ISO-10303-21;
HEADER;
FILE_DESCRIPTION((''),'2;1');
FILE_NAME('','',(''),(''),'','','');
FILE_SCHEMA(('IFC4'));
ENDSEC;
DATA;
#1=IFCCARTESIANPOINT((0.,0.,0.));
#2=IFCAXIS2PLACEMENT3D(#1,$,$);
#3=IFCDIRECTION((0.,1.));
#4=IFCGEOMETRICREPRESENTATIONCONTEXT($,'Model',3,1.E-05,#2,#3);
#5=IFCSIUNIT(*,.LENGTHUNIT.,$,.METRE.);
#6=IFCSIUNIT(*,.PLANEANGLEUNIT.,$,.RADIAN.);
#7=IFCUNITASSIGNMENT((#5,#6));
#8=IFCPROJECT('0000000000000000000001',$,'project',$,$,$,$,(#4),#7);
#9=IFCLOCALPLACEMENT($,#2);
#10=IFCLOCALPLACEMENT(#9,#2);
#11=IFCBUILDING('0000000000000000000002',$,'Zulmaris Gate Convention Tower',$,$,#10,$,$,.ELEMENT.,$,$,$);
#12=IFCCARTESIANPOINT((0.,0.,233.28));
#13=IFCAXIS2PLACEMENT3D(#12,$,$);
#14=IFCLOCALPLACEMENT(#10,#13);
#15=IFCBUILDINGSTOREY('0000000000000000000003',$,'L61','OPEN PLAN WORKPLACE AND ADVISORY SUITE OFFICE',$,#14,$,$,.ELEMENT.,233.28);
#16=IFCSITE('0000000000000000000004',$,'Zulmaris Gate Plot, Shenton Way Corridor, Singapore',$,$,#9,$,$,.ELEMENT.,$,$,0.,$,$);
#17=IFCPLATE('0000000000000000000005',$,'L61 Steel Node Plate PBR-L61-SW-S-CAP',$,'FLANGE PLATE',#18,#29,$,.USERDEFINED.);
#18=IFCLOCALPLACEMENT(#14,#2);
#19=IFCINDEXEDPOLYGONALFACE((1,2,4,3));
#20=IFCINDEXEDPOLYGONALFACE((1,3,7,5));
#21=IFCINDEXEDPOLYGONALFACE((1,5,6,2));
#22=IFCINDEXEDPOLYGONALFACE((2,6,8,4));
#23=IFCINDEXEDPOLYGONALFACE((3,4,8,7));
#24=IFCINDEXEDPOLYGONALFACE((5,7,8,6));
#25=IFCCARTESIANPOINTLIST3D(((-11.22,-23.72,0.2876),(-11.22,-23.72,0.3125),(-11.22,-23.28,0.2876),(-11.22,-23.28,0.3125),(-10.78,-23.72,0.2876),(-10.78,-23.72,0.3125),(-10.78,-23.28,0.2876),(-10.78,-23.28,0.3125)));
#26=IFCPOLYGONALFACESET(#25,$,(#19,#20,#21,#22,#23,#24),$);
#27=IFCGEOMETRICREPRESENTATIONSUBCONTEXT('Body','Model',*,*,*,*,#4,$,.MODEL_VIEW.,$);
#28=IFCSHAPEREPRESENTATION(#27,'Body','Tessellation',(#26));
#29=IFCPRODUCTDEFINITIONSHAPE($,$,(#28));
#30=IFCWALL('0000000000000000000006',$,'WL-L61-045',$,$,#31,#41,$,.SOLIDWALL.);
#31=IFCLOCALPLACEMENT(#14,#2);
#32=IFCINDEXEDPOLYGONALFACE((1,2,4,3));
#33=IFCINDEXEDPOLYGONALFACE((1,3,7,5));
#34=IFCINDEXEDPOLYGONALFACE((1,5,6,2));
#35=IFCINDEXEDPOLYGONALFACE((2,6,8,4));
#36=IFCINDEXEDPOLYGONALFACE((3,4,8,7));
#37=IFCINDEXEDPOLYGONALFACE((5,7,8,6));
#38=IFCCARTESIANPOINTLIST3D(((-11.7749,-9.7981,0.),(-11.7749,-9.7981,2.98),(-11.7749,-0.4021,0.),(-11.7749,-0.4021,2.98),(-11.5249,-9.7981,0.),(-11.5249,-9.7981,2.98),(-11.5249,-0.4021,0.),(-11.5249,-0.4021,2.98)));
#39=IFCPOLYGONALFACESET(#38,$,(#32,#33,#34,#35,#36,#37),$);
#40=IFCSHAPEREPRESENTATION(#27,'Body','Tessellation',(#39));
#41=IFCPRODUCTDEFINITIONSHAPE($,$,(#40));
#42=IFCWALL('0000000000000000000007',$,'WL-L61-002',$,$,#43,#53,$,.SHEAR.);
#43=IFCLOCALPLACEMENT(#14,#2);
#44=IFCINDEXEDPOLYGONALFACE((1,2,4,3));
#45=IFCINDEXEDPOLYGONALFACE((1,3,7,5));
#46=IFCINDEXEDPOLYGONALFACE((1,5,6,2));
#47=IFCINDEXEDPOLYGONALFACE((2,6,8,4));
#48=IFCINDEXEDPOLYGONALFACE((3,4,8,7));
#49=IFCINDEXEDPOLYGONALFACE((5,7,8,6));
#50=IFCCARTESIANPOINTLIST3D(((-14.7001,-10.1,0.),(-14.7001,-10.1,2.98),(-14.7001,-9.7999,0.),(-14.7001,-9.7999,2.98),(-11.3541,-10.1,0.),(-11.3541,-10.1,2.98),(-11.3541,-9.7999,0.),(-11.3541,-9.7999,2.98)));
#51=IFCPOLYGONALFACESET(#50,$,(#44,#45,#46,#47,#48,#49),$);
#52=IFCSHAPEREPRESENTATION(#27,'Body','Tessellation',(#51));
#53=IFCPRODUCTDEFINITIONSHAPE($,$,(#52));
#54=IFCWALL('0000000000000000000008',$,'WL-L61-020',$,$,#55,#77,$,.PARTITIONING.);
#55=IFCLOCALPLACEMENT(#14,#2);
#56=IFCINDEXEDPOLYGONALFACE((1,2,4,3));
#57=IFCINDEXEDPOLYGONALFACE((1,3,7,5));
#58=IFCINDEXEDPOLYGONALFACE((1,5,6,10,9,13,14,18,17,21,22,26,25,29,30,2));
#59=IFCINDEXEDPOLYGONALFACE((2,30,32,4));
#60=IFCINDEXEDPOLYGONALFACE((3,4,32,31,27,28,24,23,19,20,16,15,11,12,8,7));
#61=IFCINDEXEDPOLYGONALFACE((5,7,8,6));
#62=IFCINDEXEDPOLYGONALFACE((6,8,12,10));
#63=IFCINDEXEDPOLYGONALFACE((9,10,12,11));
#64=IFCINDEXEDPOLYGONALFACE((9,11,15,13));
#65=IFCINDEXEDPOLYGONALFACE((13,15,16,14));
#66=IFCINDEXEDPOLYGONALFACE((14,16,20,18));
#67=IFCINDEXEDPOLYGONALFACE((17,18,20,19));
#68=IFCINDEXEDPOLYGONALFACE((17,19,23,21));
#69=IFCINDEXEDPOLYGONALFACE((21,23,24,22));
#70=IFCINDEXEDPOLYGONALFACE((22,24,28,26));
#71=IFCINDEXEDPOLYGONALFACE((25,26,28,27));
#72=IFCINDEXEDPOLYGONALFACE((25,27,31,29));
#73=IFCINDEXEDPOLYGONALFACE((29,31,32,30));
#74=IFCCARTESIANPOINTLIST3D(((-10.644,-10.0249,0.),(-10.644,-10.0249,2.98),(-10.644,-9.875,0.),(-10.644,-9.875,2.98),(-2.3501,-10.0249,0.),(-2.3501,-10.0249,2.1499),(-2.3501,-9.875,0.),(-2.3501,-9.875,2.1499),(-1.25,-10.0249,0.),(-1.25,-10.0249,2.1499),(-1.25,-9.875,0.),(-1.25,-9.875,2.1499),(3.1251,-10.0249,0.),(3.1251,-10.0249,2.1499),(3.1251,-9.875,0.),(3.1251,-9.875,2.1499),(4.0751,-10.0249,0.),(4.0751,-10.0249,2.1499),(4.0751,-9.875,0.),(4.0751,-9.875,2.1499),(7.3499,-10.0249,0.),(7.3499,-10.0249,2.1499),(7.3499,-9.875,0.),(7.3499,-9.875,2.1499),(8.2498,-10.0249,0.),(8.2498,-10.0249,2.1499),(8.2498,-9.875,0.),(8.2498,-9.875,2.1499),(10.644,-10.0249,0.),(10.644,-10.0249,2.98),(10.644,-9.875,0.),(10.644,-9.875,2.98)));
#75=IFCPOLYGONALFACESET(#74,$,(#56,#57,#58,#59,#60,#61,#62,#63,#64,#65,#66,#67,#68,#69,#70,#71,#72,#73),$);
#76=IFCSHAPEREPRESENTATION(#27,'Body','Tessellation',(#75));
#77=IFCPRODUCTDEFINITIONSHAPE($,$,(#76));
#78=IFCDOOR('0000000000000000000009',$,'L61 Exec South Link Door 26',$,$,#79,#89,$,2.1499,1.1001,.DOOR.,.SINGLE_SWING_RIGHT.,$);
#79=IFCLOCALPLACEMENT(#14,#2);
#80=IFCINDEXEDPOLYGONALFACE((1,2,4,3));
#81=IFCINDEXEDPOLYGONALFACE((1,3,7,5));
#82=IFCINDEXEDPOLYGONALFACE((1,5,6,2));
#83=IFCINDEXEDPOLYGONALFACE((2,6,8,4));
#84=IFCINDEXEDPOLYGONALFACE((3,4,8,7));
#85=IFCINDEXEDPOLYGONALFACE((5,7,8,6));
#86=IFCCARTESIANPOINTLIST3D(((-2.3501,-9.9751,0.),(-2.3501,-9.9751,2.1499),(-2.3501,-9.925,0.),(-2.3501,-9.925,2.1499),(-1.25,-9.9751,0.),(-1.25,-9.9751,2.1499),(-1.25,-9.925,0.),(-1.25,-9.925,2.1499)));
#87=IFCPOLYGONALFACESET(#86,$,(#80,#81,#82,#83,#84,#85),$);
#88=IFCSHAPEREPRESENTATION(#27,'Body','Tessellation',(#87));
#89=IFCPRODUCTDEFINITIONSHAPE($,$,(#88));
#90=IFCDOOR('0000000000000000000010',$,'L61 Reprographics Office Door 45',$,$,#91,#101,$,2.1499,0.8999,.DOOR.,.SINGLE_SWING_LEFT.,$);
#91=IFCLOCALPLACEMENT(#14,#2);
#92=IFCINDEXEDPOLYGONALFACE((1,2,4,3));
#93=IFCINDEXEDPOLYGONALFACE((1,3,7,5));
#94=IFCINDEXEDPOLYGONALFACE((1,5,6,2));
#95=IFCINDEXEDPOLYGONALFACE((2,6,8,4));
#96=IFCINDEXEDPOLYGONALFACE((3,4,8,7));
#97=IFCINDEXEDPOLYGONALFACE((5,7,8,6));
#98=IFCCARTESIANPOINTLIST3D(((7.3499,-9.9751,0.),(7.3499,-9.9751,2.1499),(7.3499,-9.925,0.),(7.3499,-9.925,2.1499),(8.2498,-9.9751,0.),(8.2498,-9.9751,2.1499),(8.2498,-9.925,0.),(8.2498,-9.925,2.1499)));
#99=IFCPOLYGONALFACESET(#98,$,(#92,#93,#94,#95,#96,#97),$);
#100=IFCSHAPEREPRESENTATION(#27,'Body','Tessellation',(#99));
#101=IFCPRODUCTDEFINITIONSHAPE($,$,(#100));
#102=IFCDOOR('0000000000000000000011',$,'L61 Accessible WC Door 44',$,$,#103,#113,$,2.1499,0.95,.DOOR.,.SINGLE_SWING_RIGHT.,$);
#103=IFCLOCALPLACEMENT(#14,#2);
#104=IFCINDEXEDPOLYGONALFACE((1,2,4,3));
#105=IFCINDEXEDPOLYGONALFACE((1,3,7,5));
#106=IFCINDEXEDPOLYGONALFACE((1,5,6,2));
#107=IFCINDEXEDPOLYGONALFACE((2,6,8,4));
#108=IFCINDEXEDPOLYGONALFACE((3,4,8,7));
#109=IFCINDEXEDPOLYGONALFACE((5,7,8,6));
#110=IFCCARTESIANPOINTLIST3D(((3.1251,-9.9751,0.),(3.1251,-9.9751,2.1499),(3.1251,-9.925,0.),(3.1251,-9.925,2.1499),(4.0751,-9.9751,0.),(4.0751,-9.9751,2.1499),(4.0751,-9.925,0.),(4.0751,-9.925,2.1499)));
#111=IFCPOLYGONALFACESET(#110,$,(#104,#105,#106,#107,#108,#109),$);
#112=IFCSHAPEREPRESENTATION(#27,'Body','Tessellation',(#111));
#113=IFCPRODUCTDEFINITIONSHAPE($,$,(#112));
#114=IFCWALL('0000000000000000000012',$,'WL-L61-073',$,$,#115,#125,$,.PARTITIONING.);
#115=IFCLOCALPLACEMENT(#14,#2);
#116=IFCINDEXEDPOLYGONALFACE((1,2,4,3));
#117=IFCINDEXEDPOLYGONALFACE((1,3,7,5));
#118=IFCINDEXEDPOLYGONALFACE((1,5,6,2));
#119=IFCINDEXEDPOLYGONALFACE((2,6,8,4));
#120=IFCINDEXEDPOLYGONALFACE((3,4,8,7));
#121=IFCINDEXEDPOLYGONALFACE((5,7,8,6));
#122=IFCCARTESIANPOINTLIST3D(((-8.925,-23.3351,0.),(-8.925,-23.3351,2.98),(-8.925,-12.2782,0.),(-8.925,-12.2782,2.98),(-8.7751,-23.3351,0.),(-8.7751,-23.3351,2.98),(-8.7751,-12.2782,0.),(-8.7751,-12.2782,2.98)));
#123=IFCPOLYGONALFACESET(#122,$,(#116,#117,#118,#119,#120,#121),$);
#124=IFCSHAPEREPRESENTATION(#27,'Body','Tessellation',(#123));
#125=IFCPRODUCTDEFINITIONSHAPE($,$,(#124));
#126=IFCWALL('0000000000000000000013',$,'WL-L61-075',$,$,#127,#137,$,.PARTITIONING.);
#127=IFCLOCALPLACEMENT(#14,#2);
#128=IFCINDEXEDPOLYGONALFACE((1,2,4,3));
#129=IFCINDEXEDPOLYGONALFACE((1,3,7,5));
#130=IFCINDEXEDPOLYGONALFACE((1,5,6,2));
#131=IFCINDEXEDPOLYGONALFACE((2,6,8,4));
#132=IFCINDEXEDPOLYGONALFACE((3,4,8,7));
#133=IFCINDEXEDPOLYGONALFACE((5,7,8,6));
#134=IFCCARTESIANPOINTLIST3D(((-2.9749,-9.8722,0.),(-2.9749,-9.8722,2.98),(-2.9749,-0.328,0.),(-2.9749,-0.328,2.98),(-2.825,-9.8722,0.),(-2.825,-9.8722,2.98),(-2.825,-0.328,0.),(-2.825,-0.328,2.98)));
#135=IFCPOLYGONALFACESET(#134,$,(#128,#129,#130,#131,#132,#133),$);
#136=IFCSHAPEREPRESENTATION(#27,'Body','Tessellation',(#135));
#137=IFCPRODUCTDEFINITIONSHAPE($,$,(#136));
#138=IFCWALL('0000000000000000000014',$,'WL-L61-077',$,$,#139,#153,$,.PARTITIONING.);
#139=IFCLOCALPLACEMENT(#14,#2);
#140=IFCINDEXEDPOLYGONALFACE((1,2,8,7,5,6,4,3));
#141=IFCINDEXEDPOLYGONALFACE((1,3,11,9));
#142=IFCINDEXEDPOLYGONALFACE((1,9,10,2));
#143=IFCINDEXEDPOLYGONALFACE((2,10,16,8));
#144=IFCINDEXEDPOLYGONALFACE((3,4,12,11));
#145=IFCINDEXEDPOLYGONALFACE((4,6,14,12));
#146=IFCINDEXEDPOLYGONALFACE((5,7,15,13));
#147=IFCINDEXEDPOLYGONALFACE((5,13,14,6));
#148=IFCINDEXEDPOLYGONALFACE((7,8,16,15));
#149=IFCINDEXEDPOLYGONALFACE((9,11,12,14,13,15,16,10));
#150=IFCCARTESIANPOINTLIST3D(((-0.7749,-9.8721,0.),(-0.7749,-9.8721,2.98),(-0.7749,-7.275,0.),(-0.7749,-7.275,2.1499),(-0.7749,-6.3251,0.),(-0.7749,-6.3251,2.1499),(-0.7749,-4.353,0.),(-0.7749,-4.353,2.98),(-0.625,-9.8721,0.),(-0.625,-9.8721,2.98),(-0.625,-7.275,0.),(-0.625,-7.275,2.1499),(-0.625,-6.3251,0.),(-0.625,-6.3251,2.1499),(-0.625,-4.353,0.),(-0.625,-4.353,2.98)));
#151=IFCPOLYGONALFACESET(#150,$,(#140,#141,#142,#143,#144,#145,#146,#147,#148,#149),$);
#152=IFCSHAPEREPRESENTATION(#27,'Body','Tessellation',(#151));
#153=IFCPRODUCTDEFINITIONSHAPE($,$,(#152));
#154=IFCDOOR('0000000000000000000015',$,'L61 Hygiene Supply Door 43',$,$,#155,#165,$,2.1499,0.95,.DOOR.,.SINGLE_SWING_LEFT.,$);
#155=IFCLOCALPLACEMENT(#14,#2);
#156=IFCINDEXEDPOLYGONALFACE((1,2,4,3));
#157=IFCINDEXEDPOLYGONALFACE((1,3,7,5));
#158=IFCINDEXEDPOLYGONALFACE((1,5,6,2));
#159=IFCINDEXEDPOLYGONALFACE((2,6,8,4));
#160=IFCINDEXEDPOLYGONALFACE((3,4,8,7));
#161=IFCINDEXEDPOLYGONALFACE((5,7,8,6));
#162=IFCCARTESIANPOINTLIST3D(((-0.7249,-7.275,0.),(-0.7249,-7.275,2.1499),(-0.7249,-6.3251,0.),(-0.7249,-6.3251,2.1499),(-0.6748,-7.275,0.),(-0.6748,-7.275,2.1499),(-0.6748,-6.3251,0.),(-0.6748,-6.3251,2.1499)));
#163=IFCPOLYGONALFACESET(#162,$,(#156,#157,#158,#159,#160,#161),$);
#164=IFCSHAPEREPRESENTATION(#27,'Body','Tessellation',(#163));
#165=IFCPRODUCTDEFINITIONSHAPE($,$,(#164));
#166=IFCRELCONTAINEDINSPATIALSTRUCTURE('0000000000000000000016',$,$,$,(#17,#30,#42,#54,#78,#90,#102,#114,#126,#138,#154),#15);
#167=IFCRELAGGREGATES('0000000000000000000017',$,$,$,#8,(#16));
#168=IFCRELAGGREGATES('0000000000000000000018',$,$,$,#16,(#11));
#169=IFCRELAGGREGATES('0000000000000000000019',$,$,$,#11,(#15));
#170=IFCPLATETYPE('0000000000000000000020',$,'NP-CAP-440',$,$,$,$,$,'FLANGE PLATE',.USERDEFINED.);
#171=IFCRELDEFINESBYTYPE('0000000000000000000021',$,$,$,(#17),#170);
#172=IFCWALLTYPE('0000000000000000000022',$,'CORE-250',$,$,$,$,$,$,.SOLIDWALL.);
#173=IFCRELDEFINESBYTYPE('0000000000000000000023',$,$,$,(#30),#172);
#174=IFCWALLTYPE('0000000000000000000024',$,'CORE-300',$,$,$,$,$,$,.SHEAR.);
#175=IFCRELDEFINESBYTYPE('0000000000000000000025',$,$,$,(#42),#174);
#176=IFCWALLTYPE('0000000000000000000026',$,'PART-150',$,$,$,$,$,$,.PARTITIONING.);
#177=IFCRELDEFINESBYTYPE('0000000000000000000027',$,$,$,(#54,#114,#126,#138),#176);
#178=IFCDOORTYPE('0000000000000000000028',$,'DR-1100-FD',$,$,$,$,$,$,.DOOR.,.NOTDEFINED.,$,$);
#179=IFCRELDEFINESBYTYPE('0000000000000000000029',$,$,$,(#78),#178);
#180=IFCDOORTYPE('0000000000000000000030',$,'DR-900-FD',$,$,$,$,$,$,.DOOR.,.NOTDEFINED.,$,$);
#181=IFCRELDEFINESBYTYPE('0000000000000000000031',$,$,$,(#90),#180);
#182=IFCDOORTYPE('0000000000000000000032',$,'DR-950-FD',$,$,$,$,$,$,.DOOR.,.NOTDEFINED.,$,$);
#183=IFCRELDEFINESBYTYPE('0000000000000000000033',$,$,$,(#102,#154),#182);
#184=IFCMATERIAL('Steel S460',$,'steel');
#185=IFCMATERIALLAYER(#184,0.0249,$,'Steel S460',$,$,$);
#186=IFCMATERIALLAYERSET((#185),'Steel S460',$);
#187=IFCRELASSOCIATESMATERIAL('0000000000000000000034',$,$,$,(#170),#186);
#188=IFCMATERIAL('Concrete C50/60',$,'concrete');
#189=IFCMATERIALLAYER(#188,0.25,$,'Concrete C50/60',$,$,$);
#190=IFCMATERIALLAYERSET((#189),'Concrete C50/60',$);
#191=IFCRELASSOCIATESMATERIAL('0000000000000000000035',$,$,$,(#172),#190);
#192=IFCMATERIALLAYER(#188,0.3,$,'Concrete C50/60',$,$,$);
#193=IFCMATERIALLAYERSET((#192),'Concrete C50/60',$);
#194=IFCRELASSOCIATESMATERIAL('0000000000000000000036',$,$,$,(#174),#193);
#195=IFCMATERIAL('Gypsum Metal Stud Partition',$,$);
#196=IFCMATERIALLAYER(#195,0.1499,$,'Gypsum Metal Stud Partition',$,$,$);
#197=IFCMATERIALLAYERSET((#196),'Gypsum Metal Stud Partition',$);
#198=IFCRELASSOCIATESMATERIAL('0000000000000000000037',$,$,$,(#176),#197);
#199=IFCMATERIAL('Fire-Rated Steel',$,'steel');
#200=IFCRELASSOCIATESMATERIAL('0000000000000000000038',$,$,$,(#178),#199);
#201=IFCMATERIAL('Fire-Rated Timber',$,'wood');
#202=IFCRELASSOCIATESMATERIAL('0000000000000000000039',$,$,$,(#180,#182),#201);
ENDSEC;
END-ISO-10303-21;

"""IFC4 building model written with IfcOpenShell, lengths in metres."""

from ifc_helpers import new_model, si_unit, direction, frame, frame_2d, origin, origin_2d, place, context, subcontext, project, spatial, rectangle, extrude, material, layer, layer_set, type_object, element, fill, save


model = new_model("IFC4")

# Units and contexts
model_context = context("Model", 3, precision=1e-05, world=origin(), true_north=direction((0.0, 1.0)))
body_context = subcontext(model_context, "Body", "Model", "MODEL_VIEW")
ifc_project = project(units=[si_unit("LENGTHUNIT", "METRE"), si_unit("PLANEANGLEUNIT", "RADIAN")], contexts=[model_context])

# Site, building, storey
site_placement = place(None, origin())
site = spatial("IfcSite", under=ifc_project, at=site_placement, Name="Zulmaris Gate Plot, Shenton Way Corridor, Singapore", CompositionType="ELEMENT", RefElevation=0.0)
building_placement = place(site_placement, origin())
building = spatial("IfcBuilding", under=site, at=building_placement, Name="Zulmaris Gate Convention Tower", CompositionType="ELEMENT")
storey_placement = place(building_placement, frame((0.0, 0.0, 233.28)))
storey = spatial("IfcBuildingStorey", under=building, at=storey_placement, Name="L61", Description="OPEN PLAN WORKPLACE AND ADVISORY SUITE OFFICE", CompositionType="ELEMENT", Elevation=233.28)

# Shared definitions
ifc_material_1 = material(Name="Concrete C50/60", Category="concrete")

# Plate
ifc_material_2 = material(Name="Steel S460", Category="steel")
ifc_layer_1 = layer(ifc_material_2, 0.0249, Name="Steel S460")
ifc_layer_set_1 = layer_set([ifc_layer_1], Name="Steel S460")
plate_type = type_object("IfcPlateType", Name="NP-CAP-440", ElementType="FLANGE PLATE", PredefinedType="USERDEFINED", material=ifc_layer_set_1)
plate_placement = place(storey_placement, frame((-11.0, -23.5, 0.2876), z_axis=(0.0, 0.0, 1.0), x_axis=(1.0, 0.0, 0.0)))
element("IfcPlate", 1, at=plate_placement, inside=storey, type_object=plate_type, Name="L61 Steel Node Plate PBR-L61-SW-S-CAP", ObjectType="FLANGE PLATE", PredefinedType="USERDEFINED", context=body_context, shape_type="SweptSolid", body=[
    extrude(rectangle(XDim=0.4399, YDim=0.4399, at=origin_2d()), origin(), (0.0, 0.0, 1.0), 0.0249),
])

# Walls
ifc_layer_2 = layer(ifc_material_1, 0.25, Name="Concrete C50/60")
ifc_layer_set_2 = layer_set([ifc_layer_2], Name="Concrete C50/60")
wall_type_1 = type_object("IfcWallType", Name="CORE-250", PredefinedType="SOLIDWALL", material=ifc_layer_set_2)
wall_1_placement = place(storey_placement, frame((-11.6499, -9.7981, 0.0), z_axis=(0.0, 0.0, 1.0), x_axis=(0.0, 1.0, 0.0)))
element("IfcWall", 2, at=wall_1_placement, inside=storey, type_object=wall_type_1, Name="WL-L61-045", PredefinedType="SOLIDWALL", context=body_context, shape_type="SweptSolid", body=[
    extrude(rectangle(XDim=9.396, YDim=0.25, at=frame_2d((4.698, 0.0))), origin(), (0.0, 0.0, 1.0), 2.98),
])
ifc_layer_3 = layer(ifc_material_1, 0.3, Name="Concrete C50/60")
ifc_layer_set_3 = layer_set([ifc_layer_3], Name="Concrete C50/60")
wall_type_2 = type_object("IfcWallType", Name="CORE-300", PredefinedType="SHEAR", material=ifc_layer_set_3)
wall_2_placement = place(storey_placement, frame((-14.7, -9.95, 0.0), z_axis=(0.0, 0.0, 1.0), x_axis=(1.0, 0.0, 0.0)))
element("IfcWall", 3, at=wall_2_placement, inside=storey, type_object=wall_type_2, Name="WL-L61-002", PredefinedType="SHEAR", context=body_context, shape_type="SweptSolid", body=[
    extrude(rectangle(XDim=3.3459, YDim=0.3, at=frame_2d((1.6729, 0.0))), origin(), (0.0, 0.0, 1.0), 2.98),
])

# Wall, openings, doors
ifc_material_3 = material(Name="Gypsum Metal Stud Partition")
ifc_layer_4 = layer(ifc_material_3, 0.1499, Name="Gypsum Metal Stud Partition")
ifc_layer_set_4 = layer_set([ifc_layer_4], Name="Gypsum Metal Stud Partition")
wall_type_3 = type_object("IfcWallType", Name="PART-150", PredefinedType="PARTITIONING", material=ifc_layer_set_4)
wall_3_placement = place(storey_placement, frame((-10.644, -9.95, 0.0), z_axis=(0.0, 0.0, 1.0), x_axis=(1.0, 0.0, 0.0)))
wall_3 = element("IfcWall", 4, at=wall_3_placement, inside=storey, type_object=wall_type_3, Name="WL-L61-020", PredefinedType="PARTITIONING", context=body_context, shape_type="SweptSolid", body=[
    extrude(rectangle(XDim=21.2881, YDim=0.1499, at=frame_2d((10.644, 0.0))), origin(), (0.0, 0.0, 1.0), 2.98),
])
opening_1_placement = place(wall_3_placement, frame((8.2939, 0.0, 0.0)))
opening_1 = element("IfcOpeningElement", 5, at=opening_1_placement, cuts=wall_3, PredefinedType="OPENING", context=body_context, shape_type="SweptSolid", body=[
    extrude(rectangle(XDim=1.1001, YDim=2.1499, at=frame_2d((0.55, 1.075))), frame((0.0, 0.085, 0.0), z_axis=(0.0, -1.0, 0.0), x_axis=(1.0, 0.0, 0.0)), (0.0, 0.0, 1.0), 0.1699),
])
opening_2_placement = place(wall_3_placement, frame((13.769, 0.0, 0.0)))
opening_2 = element("IfcOpeningElement", 6, at=opening_2_placement, cuts=wall_3, PredefinedType="OPENING", context=body_context, shape_type="SweptSolid", body=[
    extrude(rectangle(XDim=0.95, YDim=2.1499, at=frame_2d((0.4751, 1.075))), frame((0.0, 0.085, 0.0), z_axis=(0.0, -1.0, 0.0), x_axis=(1.0, 0.0, 0.0)), (0.0, 0.0, 1.0), 0.1699),
])
opening_3_placement = place(wall_3_placement, frame((17.9939, 0.0, 0.0)))
opening_3 = element("IfcOpeningElement", 7, at=opening_3_placement, cuts=wall_3, PredefinedType="OPENING", context=body_context, shape_type="SweptSolid", body=[
    extrude(rectangle(XDim=0.8999, YDim=2.1499, at=frame_2d((0.45, 1.075))), frame((0.0, 0.085, 0.0), z_axis=(0.0, -1.0, 0.0), x_axis=(1.0, 0.0, 0.0)), (0.0, 0.0, 1.0), 0.1699),
])
ifc_material_4 = material(Name="Fire-Rated Steel", Category="steel")
door_type_1 = type_object("IfcDoorType", Name="DR-1100-FD", OperationType="NOTDEFINED", PredefinedType="DOOR", material=ifc_material_4)
door_1_placement = place(opening_1_placement, origin())
door_1 = element("IfcDoor", 8, at=door_1_placement, inside=storey, type_object=door_type_1, Name="L61 Exec South Link Door 26", OperationType="SINGLE_SWING_RIGHT", OverallHeight=2.1499, OverallWidth=1.1001, PredefinedType="DOOR", context=body_context, shape_type="SweptSolid", body=[
    extrude(rectangle(XDim=1.1001, YDim=2.1499, at=frame_2d((0.55, 1.075))), frame((0.0, 0.0249, 0.0), z_axis=(0.0, -1.0, 0.0), x_axis=(1.0, 0.0, 0.0)), (0.0, 0.0, 1.0), 0.05),
])
fill(opening_1, door_1)
ifc_material_5 = material(Name="Fire-Rated Timber", Category="wood")
door_type_2 = type_object("IfcDoorType", Name="DR-900-FD", OperationType="NOTDEFINED", PredefinedType="DOOR", material=ifc_material_5)
door_2_placement = place(opening_3_placement, origin())
door_2 = element("IfcDoor", 9, at=door_2_placement, inside=storey, type_object=door_type_2, Name="L61 Reprographics Office Door 45", OperationType="SINGLE_SWING_LEFT", OverallHeight=2.1499, OverallWidth=0.8999, PredefinedType="DOOR", context=body_context, shape_type="SweptSolid", body=[
    extrude(rectangle(XDim=0.8999, YDim=2.1499, at=frame_2d((0.45, 1.075))), frame((0.0, 0.0249, 0.0), z_axis=(0.0, -1.0, 0.0), x_axis=(1.0, 0.0, 0.0)), (0.0, 0.0, 1.0), 0.05),
])
fill(opening_3, door_2)
door_type_3 = type_object("IfcDoorType", Name="DR-950-FD", OperationType="NOTDEFINED", PredefinedType="DOOR", material=ifc_material_5)
door_3_placement = place(opening_2_placement, origin())
door_3 = element("IfcDoor", 10, at=door_3_placement, inside=storey, type_object=door_type_3, Name="L61 Accessible WC Door 44", OperationType="SINGLE_SWING_RIGHT", OverallHeight=2.1499, OverallWidth=0.95, PredefinedType="DOOR", context=body_context, shape_type="SweptSolid", body=[
    extrude(rectangle(XDim=0.95, YDim=2.1499, at=frame_2d((0.4751, 1.075))), frame((0.0, 0.0249, 0.0), z_axis=(0.0, -1.0, 0.0), x_axis=(1.0, 0.0, 0.0)), (0.0, 0.0, 1.0), 0.05),
])
fill(opening_2, door_3)

# Walls
wall_4_placement = place(storey_placement, frame((-8.8501, -23.335, 0.0), z_axis=(0.0, 0.0, 1.0), x_axis=(0.0, 1.0, 0.0)))
element("IfcWall", 11, at=wall_4_placement, inside=storey, type_object=wall_type_3, Name="WL-L61-073", PredefinedType="PARTITIONING", context=body_context, shape_type="SweptSolid", body=[
    extrude(rectangle(XDim=11.0569, YDim=0.1499, at=frame_2d((5.5283, 0.0))), origin(), (0.0, 0.0, 1.0), 2.98),
])
wall_5_placement = place(storey_placement, frame((-2.8999, -9.8721, 0.0), z_axis=(0.0, 0.0, 1.0), x_axis=(0.0, 1.0, 0.0)))
element("IfcWall", 12, at=wall_5_placement, inside=storey, type_object=wall_type_3, Name="WL-L61-075", PredefinedType="PARTITIONING", context=body_context, shape_type="SweptSolid", body=[
    extrude(rectangle(XDim=9.5442, YDim=0.1499, at=frame_2d((4.772, 0.0))), origin(), (0.0, 0.0, 1.0), 2.98),
])

# Wall, opening, door
wall_6_placement = place(storey_placement, frame((-0.7, -9.8721, 0.0), z_axis=(0.0, 0.0, 1.0), x_axis=(0.0, 1.0, 0.0)))
wall_6 = element("IfcWall", 13, at=wall_6_placement, inside=storey, type_object=wall_type_3, Name="WL-L61-077", PredefinedType="PARTITIONING", context=body_context, shape_type="SweptSolid", body=[
    extrude(rectangle(XDim=5.519, YDim=0.1499, at=frame_2d((2.7595, 0.0))), origin(), (0.0, 0.0, 1.0), 2.98),
])
opening_4_placement = place(wall_6_placement, frame((2.5969, 0.0, 0.0)))
opening_4 = element("IfcOpeningElement", 14, at=opening_4_placement, cuts=wall_6, PredefinedType="OPENING", context=body_context, shape_type="SweptSolid", body=[
    extrude(rectangle(XDim=0.95, YDim=2.1499, at=frame_2d((0.4751, 1.075))), frame((0.0, 0.085, 0.0), z_axis=(0.0, -1.0, 0.0), x_axis=(1.0, 0.0, 0.0)), (0.0, 0.0, 1.0), 0.1699),
])
door_4_placement = place(opening_4_placement, origin())
door_4 = element("IfcDoor", 15, at=door_4_placement, inside=storey, type_object=door_type_3, Name="L61 Hygiene Supply Door 43", OperationType="SINGLE_SWING_LEFT", OverallHeight=2.1499, OverallWidth=0.95, PredefinedType="DOOR", context=body_context, shape_type="SweptSolid", body=[
    extrude(rectangle(XDim=0.95, YDim=2.1499, at=frame_2d((0.4751, 1.075))), frame((0.0, 0.0249, 0.0), z_axis=(0.0, -1.0, 0.0), x_axis=(1.0, 0.0, 0.0)), (0.0, 0.0, 1.0), 0.05),
])
fill(opening_4, door_4)

save(model, "model.ifc")
